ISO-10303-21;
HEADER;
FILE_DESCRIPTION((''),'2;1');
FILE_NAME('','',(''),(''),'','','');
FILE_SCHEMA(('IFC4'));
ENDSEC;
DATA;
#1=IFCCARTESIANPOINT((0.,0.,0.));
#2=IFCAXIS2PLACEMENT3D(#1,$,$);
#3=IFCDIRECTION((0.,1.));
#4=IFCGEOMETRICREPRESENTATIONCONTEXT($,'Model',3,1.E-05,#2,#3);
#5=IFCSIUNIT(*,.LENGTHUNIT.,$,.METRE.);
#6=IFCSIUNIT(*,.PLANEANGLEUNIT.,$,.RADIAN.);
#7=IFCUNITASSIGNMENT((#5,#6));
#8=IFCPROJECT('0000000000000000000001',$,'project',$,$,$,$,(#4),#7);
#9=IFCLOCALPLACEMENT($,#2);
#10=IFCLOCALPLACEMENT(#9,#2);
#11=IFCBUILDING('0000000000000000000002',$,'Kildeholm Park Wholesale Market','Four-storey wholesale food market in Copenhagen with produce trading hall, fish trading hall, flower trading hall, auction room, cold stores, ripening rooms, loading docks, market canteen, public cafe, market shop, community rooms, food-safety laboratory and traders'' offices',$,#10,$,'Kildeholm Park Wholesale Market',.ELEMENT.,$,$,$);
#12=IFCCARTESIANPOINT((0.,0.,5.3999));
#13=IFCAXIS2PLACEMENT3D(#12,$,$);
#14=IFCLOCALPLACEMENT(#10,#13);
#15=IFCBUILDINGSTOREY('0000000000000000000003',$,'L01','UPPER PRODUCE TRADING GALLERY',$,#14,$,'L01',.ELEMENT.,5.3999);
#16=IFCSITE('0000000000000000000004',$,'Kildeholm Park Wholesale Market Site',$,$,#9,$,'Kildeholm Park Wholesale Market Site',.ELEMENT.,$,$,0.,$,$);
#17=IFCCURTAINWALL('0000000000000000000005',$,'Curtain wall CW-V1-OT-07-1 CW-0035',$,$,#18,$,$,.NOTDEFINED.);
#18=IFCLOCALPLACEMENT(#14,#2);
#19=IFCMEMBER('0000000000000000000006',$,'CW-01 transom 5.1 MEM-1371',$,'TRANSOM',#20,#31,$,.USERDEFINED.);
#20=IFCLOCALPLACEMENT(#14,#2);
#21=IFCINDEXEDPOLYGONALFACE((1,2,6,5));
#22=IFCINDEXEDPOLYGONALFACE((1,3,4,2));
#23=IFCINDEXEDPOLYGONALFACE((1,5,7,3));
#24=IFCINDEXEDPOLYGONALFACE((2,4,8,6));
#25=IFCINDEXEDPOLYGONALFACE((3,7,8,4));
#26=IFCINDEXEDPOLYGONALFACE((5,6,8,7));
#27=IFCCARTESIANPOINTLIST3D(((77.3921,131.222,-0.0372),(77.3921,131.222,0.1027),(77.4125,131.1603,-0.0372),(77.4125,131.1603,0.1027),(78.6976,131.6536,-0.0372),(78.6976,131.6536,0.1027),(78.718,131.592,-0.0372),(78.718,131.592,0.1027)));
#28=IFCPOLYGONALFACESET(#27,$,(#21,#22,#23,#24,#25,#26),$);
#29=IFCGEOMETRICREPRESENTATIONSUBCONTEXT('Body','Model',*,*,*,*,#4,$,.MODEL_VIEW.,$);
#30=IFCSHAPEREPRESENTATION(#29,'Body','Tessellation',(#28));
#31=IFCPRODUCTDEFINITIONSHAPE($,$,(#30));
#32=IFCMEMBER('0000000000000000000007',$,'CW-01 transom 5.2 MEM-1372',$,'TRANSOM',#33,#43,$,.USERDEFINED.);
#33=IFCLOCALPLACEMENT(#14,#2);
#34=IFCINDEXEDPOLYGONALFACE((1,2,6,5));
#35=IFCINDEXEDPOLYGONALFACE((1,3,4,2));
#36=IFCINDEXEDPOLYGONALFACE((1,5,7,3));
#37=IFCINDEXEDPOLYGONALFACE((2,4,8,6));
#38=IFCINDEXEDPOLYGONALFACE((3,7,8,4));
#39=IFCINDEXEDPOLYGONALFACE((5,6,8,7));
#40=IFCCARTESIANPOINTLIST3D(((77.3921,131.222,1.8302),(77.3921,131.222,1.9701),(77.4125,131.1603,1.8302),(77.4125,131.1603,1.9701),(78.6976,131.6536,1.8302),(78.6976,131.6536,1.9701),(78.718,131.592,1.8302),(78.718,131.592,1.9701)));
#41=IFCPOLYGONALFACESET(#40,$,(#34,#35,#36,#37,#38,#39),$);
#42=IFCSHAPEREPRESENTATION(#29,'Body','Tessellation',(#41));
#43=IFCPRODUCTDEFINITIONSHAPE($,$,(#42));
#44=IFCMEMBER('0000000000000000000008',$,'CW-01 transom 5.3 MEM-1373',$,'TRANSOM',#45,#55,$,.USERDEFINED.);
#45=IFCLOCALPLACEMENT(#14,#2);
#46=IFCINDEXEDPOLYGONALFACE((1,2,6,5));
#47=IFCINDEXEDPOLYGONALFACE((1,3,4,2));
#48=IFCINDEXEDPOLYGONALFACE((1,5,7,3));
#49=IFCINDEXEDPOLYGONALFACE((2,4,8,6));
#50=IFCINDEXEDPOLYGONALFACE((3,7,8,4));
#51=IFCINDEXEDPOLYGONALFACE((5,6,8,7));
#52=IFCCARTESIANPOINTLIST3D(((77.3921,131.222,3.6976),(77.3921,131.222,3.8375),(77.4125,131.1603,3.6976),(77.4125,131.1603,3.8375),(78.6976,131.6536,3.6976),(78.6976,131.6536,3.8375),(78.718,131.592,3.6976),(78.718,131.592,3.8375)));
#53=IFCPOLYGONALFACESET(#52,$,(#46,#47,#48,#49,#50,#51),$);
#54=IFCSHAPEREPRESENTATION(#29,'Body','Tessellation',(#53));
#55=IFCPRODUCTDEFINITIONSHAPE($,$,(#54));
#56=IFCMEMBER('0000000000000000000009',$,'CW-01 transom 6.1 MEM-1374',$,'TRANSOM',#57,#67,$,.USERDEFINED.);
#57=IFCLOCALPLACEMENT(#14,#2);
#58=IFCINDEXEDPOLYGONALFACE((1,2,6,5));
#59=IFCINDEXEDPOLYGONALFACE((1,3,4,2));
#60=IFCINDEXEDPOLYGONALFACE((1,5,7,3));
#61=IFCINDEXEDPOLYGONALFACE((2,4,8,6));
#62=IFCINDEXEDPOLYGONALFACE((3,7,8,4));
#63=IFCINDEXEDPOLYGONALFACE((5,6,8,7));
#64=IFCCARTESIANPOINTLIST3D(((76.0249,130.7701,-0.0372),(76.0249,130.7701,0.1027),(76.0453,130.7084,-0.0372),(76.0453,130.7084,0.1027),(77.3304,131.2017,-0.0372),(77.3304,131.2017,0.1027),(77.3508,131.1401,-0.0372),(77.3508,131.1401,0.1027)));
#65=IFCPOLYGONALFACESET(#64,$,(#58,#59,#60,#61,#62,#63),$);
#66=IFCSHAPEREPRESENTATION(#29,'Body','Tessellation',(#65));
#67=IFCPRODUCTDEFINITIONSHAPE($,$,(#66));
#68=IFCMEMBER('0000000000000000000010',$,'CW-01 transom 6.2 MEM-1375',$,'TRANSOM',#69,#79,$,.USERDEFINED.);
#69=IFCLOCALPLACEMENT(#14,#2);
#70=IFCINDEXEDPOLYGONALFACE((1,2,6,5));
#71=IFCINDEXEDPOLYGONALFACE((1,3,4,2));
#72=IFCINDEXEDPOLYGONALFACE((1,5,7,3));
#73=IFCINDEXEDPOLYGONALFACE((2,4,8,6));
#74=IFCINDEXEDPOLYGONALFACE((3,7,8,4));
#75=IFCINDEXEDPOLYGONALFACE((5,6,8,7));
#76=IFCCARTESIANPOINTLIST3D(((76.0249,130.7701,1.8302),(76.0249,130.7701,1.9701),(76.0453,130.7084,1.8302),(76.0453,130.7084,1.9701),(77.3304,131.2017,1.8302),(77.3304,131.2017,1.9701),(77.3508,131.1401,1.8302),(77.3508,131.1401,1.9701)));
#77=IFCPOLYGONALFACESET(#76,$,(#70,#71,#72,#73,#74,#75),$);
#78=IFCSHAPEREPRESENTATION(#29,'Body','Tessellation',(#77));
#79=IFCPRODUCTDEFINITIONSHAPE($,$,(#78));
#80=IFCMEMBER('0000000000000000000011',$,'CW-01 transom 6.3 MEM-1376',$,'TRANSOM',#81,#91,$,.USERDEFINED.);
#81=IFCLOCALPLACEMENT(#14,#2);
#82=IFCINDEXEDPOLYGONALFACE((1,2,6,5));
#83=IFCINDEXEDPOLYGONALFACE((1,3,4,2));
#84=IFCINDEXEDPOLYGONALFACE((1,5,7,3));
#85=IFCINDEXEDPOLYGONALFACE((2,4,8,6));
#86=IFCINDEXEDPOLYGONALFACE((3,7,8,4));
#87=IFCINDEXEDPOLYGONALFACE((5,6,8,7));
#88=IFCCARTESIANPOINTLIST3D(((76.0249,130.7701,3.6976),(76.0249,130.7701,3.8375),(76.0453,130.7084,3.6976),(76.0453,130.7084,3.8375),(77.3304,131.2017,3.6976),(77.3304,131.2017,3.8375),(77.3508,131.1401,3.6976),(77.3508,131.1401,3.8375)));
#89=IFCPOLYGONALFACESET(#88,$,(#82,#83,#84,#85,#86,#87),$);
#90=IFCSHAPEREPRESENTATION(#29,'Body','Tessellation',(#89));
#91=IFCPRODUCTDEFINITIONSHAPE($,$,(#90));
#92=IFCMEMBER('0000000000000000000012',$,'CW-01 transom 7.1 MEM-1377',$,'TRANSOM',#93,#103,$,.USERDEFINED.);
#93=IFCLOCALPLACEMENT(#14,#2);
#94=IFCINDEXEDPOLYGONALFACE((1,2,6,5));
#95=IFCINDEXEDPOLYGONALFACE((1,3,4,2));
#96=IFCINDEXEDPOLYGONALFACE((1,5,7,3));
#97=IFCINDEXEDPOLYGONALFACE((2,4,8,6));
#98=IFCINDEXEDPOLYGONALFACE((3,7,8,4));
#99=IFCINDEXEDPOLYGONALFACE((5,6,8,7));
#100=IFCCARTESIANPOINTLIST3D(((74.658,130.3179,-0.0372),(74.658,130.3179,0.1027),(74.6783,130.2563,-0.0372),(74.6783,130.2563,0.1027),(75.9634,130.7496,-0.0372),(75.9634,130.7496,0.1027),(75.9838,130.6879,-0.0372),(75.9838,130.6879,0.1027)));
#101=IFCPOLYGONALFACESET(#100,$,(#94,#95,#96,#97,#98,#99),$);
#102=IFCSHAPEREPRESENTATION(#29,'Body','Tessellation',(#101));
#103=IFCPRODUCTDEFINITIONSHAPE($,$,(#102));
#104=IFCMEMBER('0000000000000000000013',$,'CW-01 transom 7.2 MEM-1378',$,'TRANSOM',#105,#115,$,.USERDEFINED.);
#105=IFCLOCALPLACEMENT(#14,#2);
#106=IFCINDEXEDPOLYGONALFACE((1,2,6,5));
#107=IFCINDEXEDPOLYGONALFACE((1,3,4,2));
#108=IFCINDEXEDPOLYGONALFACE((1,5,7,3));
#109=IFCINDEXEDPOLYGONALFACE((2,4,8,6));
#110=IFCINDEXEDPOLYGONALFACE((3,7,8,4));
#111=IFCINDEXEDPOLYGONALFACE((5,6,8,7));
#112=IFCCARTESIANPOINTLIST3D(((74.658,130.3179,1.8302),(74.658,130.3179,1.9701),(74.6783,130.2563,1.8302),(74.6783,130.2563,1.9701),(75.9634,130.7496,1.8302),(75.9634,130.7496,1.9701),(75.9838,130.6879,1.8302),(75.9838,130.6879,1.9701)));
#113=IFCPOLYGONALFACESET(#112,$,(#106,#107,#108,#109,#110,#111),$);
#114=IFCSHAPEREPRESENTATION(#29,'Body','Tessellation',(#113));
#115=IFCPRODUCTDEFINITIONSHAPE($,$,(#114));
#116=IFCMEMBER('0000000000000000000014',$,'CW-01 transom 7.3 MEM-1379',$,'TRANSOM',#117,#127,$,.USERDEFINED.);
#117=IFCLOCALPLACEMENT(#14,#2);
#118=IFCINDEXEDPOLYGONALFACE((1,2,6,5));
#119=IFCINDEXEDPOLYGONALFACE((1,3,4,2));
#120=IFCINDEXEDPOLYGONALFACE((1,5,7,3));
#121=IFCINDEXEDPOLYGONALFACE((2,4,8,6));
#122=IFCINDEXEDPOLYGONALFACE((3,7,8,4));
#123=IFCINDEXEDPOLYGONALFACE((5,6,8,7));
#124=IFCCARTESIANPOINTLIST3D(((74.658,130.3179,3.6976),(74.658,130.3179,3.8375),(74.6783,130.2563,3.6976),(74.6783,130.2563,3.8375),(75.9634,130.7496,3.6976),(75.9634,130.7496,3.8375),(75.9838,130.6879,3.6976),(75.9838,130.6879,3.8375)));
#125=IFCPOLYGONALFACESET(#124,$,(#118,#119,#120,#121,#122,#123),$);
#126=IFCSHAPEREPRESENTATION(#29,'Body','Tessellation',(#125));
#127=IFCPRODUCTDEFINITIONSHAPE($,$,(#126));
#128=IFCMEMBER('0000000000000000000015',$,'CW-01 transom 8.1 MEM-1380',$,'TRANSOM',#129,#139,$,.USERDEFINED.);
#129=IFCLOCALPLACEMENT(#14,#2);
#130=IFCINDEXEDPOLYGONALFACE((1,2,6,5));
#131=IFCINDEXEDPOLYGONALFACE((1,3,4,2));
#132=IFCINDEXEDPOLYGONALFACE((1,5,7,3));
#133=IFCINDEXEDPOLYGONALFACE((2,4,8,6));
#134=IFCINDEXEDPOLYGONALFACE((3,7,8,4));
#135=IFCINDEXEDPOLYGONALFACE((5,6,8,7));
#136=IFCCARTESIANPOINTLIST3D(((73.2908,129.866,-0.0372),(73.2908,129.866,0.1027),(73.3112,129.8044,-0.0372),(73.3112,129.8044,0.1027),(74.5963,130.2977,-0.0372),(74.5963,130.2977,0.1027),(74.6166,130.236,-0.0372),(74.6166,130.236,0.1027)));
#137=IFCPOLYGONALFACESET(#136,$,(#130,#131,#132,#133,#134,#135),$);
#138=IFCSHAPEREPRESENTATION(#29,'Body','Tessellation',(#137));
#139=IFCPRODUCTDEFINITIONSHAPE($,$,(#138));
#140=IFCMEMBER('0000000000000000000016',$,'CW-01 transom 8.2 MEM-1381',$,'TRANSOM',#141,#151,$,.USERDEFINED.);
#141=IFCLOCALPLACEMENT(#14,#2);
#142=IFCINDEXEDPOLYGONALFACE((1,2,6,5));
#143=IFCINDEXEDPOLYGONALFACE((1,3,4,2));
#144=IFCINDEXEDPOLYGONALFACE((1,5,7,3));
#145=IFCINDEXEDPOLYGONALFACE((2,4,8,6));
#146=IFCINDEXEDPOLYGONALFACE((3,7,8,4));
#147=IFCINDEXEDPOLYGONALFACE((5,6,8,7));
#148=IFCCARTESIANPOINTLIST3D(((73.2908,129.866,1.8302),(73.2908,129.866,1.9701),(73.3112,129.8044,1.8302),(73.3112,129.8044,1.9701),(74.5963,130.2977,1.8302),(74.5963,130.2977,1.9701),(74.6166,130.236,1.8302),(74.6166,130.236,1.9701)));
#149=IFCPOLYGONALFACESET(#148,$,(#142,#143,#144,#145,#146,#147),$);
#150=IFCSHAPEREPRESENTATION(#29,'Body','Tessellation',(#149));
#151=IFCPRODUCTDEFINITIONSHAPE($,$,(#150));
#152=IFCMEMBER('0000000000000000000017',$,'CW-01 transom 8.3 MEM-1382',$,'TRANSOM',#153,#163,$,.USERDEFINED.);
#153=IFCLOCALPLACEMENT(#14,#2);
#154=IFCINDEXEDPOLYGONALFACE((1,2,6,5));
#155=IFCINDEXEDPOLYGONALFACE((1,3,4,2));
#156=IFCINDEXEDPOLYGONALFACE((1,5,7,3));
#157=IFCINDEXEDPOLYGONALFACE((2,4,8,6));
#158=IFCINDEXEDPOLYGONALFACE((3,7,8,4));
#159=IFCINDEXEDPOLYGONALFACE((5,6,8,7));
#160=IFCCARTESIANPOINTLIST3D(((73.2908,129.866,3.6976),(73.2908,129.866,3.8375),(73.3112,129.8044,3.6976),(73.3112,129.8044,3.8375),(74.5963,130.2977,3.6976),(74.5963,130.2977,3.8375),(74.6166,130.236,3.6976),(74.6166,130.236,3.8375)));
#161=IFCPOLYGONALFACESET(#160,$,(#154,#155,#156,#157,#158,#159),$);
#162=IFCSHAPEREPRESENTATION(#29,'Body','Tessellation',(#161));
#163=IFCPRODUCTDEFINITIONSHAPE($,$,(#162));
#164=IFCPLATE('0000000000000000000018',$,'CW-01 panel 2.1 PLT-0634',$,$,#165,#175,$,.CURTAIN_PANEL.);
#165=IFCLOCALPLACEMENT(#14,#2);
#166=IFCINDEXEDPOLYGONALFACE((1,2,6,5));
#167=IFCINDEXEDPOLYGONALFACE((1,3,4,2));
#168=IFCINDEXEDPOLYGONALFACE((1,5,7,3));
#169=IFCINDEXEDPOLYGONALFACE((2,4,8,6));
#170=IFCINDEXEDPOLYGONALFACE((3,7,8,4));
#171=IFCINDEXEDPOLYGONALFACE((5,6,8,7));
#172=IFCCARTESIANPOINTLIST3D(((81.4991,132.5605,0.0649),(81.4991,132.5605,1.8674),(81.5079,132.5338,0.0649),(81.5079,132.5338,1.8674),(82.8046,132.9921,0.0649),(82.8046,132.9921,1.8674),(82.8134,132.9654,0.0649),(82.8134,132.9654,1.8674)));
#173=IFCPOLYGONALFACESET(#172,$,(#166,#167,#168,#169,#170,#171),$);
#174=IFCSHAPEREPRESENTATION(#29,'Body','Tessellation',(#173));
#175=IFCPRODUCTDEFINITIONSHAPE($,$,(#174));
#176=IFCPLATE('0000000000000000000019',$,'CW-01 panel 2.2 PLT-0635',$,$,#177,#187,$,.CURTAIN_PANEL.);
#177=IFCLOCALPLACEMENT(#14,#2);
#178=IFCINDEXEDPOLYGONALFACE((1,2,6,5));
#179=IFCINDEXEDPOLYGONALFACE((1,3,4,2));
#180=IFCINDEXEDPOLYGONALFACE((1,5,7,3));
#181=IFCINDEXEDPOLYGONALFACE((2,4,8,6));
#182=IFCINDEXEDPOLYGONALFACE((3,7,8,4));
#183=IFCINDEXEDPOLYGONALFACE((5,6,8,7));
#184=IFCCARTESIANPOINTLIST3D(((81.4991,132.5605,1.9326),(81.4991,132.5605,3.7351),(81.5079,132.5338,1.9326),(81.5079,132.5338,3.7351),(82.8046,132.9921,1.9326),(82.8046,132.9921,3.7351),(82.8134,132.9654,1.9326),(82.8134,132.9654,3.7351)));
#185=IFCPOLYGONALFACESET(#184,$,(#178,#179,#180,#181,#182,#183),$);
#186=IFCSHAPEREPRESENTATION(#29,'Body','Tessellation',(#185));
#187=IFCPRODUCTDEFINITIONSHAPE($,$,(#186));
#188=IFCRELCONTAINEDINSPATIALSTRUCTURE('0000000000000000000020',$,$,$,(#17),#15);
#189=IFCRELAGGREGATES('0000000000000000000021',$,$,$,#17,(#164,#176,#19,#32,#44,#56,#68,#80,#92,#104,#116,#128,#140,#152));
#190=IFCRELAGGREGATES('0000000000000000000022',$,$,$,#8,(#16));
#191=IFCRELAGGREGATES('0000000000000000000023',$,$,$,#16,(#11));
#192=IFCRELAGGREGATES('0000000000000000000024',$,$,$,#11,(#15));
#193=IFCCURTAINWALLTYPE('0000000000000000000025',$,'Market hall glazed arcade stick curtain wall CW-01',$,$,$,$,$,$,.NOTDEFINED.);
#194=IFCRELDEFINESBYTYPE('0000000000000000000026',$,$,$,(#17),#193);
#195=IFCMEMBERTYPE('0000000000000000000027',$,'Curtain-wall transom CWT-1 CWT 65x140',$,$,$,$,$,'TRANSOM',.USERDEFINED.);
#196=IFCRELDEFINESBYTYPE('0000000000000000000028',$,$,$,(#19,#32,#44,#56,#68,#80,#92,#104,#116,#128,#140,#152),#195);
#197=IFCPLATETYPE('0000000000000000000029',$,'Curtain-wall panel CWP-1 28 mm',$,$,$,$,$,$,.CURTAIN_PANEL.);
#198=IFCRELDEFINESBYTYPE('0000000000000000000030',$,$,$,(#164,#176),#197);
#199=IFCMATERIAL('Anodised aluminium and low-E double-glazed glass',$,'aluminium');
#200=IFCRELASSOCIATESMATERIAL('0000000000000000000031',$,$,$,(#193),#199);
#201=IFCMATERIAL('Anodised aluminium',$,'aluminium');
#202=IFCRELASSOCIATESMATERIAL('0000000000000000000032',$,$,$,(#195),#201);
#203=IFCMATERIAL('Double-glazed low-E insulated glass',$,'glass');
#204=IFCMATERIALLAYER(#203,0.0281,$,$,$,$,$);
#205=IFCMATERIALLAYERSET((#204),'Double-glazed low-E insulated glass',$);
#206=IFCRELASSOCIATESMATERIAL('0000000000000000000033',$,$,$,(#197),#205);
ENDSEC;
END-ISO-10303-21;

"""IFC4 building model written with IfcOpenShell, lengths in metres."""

from ifc_helpers import new_model, si_unit, direction, frame, origin, origin_2d, place, context, subcontext, project, spatial, rectangle, extrude, material, layer, layer_set, material_profile, profile_set, type_object, element, aggregate, save


model = new_model("IFC4")

# Units and contexts
model_context = context("Model", 3, precision=1e-05, world=origin(), true_north=direction((0.0, 1.0)))
body_context = subcontext(model_context, "Body", "Model", "MODEL_VIEW")
ifc_project = project(units=[si_unit("LENGTHUNIT", "METRE"), si_unit("PLANEANGLEUNIT", "RADIAN")], contexts=[model_context])

# Site, building, storey
site_placement = place(None, origin())
site = spatial("IfcSite", under=ifc_project, at=site_placement, Name="Kildeholm Park Wholesale Market Site", LongName="Kildeholm Park Wholesale Market Site", CompositionType="ELEMENT", RefElevation=0.0)
building_placement = place(site_placement, origin())
building = spatial("IfcBuilding", under=site, at=building_placement, Name="Kildeholm Park Wholesale Market", Description="Four-storey wholesale food market in Copenhagen with produce trading hall, fish trading hall, flower trading hall, auction room, cold stores, ripening rooms, loading docks, market canteen, public cafe, market shop, community rooms, food-safety laboratory and traders' offices", LongName="Kildeholm Park Wholesale Market", CompositionType="ELEMENT")
storey_placement = place(building_placement, frame((0.0, 0.0, 5.3999)))
storey = spatial("IfcBuildingStorey", under=building, at=storey_placement, Name="L01", Description="UPPER PRODUCE TRADING GALLERY", LongName="L01", CompositionType="ELEMENT", Elevation=5.3999)

# Curtain wall, members, plates
ifc_material_1 = material(Name="Anodised aluminium and low-E double-glazed glass", Category="aluminium")
curtain_wall_type = type_object("IfcCurtainWallType", Name="Market hall glazed arcade stick curtain wall CW-01", PredefinedType="NOTDEFINED", material=ifc_material_1)
curtain_wall_placement = place(storey_placement, origin())
curtain_wall = element("IfcCurtainWall", 1, at=curtain_wall_placement, inside=storey, type_object=curtain_wall_type, Name="Curtain wall CW-V1-OT-07-1 CW-0035", PredefinedType="NOTDEFINED")
ifc_material_2 = material(Name="Anodised aluminium", Category="aluminium")
ifc_material_profile_1 = material_profile(ifc_material_2, rectangle(XDim=0.0649, YDim=0.1399, at=origin_2d()), Name="CWT 65x140")
ifc_profile_set_1 = profile_set([ifc_material_profile_1], Name="Anodised aluminium")
member_type_1 = type_object("IfcMemberType", Name="Curtain-wall transom CWT-1 CWT 65x140", ElementType="TRANSOM", PredefinedType="USERDEFINED", material=ifc_profile_set_1)
member_1_placement = place(storey_placement, frame((78.7078, 131.6228, 0.0327), z_axis=(-0.949444, -0.313936, 0.0), x_axis=(0.313936, -0.949444, 0.0)))
member_1 = element("IfcMember", 2, at=member_1_placement, type_object=member_type_1, Name="CW-01 transom 5.1 MEM-1371", ObjectType="TRANSOM", PredefinedType="USERDEFINED", context=body_context, shape_type="SweptSolid", body=[
    extrude(rectangle(XDim=0.0649, YDim=0.1399, at=origin_2d()), origin(), (0.0, 0.0, 1.0), 1.375),
])
member_2_placement = place(storey_placement, frame((78.7078, 131.6228, 1.9001), z_axis=(-0.949444, -0.313936, 0.0), x_axis=(0.313936, -0.949444, 0.0)))
member_2 = element("IfcMember", 3, at=member_2_placement, type_object=member_type_1, Name="CW-01 transom 5.2 MEM-1372", ObjectType="TRANSOM", PredefinedType="USERDEFINED", context=body_context, shape_type="SweptSolid", body=[
    extrude(rectangle(XDim=0.0649, YDim=0.1399, at=origin_2d()), origin(), (0.0, 0.0, 1.0), 1.375),
])
member_3_placement = place(storey_placement, frame((78.7078, 131.6228, 3.7676), z_axis=(-0.949444, -0.313936, 0.0), x_axis=(0.313936, -0.949444, 0.0)))
member_3 = element("IfcMember", 4, at=member_3_placement, type_object=member_type_1, Name="CW-01 transom 5.3 MEM-1373", ObjectType="TRANSOM", PredefinedType="USERDEFINED", context=body_context, shape_type="SweptSolid", body=[
    extrude(rectangle(XDim=0.0649, YDim=0.1399, at=origin_2d()), origin(), (0.0, 0.0, 1.0), 1.375),
])
member_4_placement = place(storey_placement, frame((77.3406, 131.1709, 0.0327), z_axis=(-0.949444, -0.313936, 0.0), x_axis=(0.313936, -0.949444, 0.0)))
member_4 = element("IfcMember", 5, at=member_4_placement, type_object=member_type_1, Name="CW-01 transom 6.1 MEM-1374", ObjectType="TRANSOM", PredefinedType="USERDEFINED", context=body_context, shape_type="SweptSolid", body=[
    extrude(rectangle(XDim=0.0649, YDim=0.1399, at=origin_2d()), origin(), (0.0, 0.0, 1.0), 1.375),
])
member_5_placement = place(storey_placement, frame((77.3406, 131.1709, 1.9001), z_axis=(-0.949444, -0.313936, 0.0), x_axis=(0.313936, -0.949444, 0.0)))
member_5 = element("IfcMember", 6, at=member_5_placement, type_object=member_type_1, Name="CW-01 transom 6.2 MEM-1375", ObjectType="TRANSOM", PredefinedType="USERDEFINED", context=body_context, shape_type="SweptSolid", body=[
    extrude(rectangle(XDim=0.0649, YDim=0.1399, at=origin_2d()), origin(), (0.0, 0.0, 1.0), 1.375),
])
member_6_placement = place(storey_placement, frame((77.3406, 131.1709, 3.7676), z_axis=(-0.949444, -0.313936, 0.0), x_axis=(0.313936, -0.949444, 0.0)))
member_6 = element("IfcMember", 7, at=member_6_placement, type_object=member_type_1, Name="CW-01 transom 6.3 MEM-1376", ObjectType="TRANSOM", PredefinedType="USERDEFINED", context=body_context, shape_type="SweptSolid", body=[
    extrude(rectangle(XDim=0.0649, YDim=0.1399, at=origin_2d()), origin(), (0.0, 0.0, 1.0), 1.375),
])
member_7_placement = place(storey_placement, frame((75.9736, 130.7188, 0.0327), z_axis=(-0.949444, -0.313936, 0.0), x_axis=(0.313936, -0.949444, 0.0)))
member_7 = element("IfcMember", 8, at=member_7_placement, type_object=member_type_1, Name="CW-01 transom 7.1 MEM-1377", ObjectType="TRANSOM", PredefinedType="USERDEFINED", context=body_context, shape_type="SweptSolid", body=[
    extrude(rectangle(XDim=0.0649, YDim=0.1399, at=origin_2d()), origin(), (0.0, 0.0, 1.0), 1.375),
])
member_8_placement = place(storey_placement, frame((75.9736, 130.7188, 1.9001), z_axis=(-0.949444, -0.313936, 0.0), x_axis=(0.313936, -0.949444, 0.0)))
member_8 = element("IfcMember", 9, at=member_8_placement, type_object=member_type_1, Name="CW-01 transom 7.2 MEM-1378", ObjectType="TRANSOM", PredefinedType="USERDEFINED", context=body_context, shape_type="SweptSolid", body=[
    extrude(rectangle(XDim=0.0649, YDim=0.1399, at=origin_2d()), origin(), (0.0, 0.0, 1.0), 1.375),
])
member_9_placement = place(storey_placement, frame((75.9736, 130.7188, 3.7676), z_axis=(-0.949444, -0.313936, 0.0), x_axis=(0.313936, -0.949444, 0.0)))
member_9 = element("IfcMember", 10, at=member_9_placement, type_object=member_type_1, Name="CW-01 transom 7.3 MEM-1379", ObjectType="TRANSOM", PredefinedType="USERDEFINED", context=body_context, shape_type="SweptSolid", body=[
    extrude(rectangle(XDim=0.0649, YDim=0.1399, at=origin_2d()), origin(), (0.0, 0.0, 1.0), 1.375),
])
member_10_placement = place(storey_placement, frame((74.6064, 130.2668, 0.0327), z_axis=(-0.949444, -0.313936, 0.0), x_axis=(0.313936, -0.949444, 0.0)))
member_10 = element("IfcMember", 11, at=member_10_placement, type_object=member_type_1, Name="CW-01 transom 8.1 MEM-1380", ObjectType="TRANSOM", PredefinedType="USERDEFINED", context=body_context, shape_type="SweptSolid", body=[
    extrude(rectangle(XDim=0.0649, YDim=0.1399, at=origin_2d()), origin(), (0.0, 0.0, 1.0), 1.375),
])
member_11_placement = place(storey_placement, frame((74.6064, 130.2668, 1.9001), z_axis=(-0.949444, -0.313936, 0.0), x_axis=(0.313936, -0.949444, 0.0)))
member_11 = element("IfcMember", 12, at=member_11_placement, type_object=member_type_1, Name="CW-01 transom 8.2 MEM-1381", ObjectType="TRANSOM", PredefinedType="USERDEFINED", context=body_context, shape_type="SweptSolid", body=[
    extrude(rectangle(XDim=0.0649, YDim=0.1399, at=origin_2d()), origin(), (0.0, 0.0, 1.0), 1.375),
])
member_12_placement = place(storey_placement, frame((74.6064, 130.2668, 3.7676), z_axis=(-0.949444, -0.313936, 0.0), x_axis=(0.313936, -0.949444, 0.0)))
member_12 = element("IfcMember", 13, at=member_12_placement, type_object=member_type_1, Name="CW-01 transom 8.3 MEM-1382", ObjectType="TRANSOM", PredefinedType="USERDEFINED", context=body_context, shape_type="SweptSolid", body=[
    extrude(rectangle(XDim=0.0649, YDim=0.1399, at=origin_2d()), origin(), (0.0, 0.0, 1.0), 1.375),
])
ifc_material_3 = material(Name="Double-glazed low-E insulated glass", Category="glass")
ifc_layer = layer(ifc_material_3, 0.0281)
ifc_layer_set = layer_set([ifc_layer], Name="Double-glazed low-E insulated glass")
plate_type = type_object("IfcPlateType", Name="Curtain-wall panel CWP-1 28 mm", PredefinedType="CURTAIN_PANEL", material=ifc_layer_set)
plate_1_placement = place(storey_placement, frame((82.1562, 132.7629, 0.0649), z_axis=(0.0, 0.0, 1.0), x_axis=(-0.949451, -0.313914, 0.0)))
plate_1 = element("IfcPlate", 14, at=plate_1_placement, type_object=plate_type, Name="CW-01 panel 2.1 PLT-0634", PredefinedType="CURTAIN_PANEL", context=body_context, shape_type="SweptSolid", body=[
    extrude(rectangle(XDim=1.375, YDim=0.0281, at=origin_2d()), origin(), (0.0, 0.0, 1.0), 1.8025),
])
plate_2_placement = place(storey_placement, frame((82.1562, 132.7629, 1.9326), z_axis=(0.0, 0.0, 1.0), x_axis=(-0.949451, -0.313914, 0.0)))
plate_2 = element("IfcPlate", 15, at=plate_2_placement, type_object=plate_type, Name="CW-01 panel 2.2 PLT-0635", PredefinedType="CURTAIN_PANEL", context=body_context, shape_type="SweptSolid", body=[
    extrude(rectangle(XDim=1.375, YDim=0.0281, at=origin_2d()), origin(), (0.0, 0.0, 1.0), 1.8025),
])
aggregate(curtain_wall, [plate_1, plate_2, member_1, member_2, member_3, member_4, member_5, member_6, member_7, member_8, member_9, member_10, member_11, member_12])

save(model, "model.ifc")
